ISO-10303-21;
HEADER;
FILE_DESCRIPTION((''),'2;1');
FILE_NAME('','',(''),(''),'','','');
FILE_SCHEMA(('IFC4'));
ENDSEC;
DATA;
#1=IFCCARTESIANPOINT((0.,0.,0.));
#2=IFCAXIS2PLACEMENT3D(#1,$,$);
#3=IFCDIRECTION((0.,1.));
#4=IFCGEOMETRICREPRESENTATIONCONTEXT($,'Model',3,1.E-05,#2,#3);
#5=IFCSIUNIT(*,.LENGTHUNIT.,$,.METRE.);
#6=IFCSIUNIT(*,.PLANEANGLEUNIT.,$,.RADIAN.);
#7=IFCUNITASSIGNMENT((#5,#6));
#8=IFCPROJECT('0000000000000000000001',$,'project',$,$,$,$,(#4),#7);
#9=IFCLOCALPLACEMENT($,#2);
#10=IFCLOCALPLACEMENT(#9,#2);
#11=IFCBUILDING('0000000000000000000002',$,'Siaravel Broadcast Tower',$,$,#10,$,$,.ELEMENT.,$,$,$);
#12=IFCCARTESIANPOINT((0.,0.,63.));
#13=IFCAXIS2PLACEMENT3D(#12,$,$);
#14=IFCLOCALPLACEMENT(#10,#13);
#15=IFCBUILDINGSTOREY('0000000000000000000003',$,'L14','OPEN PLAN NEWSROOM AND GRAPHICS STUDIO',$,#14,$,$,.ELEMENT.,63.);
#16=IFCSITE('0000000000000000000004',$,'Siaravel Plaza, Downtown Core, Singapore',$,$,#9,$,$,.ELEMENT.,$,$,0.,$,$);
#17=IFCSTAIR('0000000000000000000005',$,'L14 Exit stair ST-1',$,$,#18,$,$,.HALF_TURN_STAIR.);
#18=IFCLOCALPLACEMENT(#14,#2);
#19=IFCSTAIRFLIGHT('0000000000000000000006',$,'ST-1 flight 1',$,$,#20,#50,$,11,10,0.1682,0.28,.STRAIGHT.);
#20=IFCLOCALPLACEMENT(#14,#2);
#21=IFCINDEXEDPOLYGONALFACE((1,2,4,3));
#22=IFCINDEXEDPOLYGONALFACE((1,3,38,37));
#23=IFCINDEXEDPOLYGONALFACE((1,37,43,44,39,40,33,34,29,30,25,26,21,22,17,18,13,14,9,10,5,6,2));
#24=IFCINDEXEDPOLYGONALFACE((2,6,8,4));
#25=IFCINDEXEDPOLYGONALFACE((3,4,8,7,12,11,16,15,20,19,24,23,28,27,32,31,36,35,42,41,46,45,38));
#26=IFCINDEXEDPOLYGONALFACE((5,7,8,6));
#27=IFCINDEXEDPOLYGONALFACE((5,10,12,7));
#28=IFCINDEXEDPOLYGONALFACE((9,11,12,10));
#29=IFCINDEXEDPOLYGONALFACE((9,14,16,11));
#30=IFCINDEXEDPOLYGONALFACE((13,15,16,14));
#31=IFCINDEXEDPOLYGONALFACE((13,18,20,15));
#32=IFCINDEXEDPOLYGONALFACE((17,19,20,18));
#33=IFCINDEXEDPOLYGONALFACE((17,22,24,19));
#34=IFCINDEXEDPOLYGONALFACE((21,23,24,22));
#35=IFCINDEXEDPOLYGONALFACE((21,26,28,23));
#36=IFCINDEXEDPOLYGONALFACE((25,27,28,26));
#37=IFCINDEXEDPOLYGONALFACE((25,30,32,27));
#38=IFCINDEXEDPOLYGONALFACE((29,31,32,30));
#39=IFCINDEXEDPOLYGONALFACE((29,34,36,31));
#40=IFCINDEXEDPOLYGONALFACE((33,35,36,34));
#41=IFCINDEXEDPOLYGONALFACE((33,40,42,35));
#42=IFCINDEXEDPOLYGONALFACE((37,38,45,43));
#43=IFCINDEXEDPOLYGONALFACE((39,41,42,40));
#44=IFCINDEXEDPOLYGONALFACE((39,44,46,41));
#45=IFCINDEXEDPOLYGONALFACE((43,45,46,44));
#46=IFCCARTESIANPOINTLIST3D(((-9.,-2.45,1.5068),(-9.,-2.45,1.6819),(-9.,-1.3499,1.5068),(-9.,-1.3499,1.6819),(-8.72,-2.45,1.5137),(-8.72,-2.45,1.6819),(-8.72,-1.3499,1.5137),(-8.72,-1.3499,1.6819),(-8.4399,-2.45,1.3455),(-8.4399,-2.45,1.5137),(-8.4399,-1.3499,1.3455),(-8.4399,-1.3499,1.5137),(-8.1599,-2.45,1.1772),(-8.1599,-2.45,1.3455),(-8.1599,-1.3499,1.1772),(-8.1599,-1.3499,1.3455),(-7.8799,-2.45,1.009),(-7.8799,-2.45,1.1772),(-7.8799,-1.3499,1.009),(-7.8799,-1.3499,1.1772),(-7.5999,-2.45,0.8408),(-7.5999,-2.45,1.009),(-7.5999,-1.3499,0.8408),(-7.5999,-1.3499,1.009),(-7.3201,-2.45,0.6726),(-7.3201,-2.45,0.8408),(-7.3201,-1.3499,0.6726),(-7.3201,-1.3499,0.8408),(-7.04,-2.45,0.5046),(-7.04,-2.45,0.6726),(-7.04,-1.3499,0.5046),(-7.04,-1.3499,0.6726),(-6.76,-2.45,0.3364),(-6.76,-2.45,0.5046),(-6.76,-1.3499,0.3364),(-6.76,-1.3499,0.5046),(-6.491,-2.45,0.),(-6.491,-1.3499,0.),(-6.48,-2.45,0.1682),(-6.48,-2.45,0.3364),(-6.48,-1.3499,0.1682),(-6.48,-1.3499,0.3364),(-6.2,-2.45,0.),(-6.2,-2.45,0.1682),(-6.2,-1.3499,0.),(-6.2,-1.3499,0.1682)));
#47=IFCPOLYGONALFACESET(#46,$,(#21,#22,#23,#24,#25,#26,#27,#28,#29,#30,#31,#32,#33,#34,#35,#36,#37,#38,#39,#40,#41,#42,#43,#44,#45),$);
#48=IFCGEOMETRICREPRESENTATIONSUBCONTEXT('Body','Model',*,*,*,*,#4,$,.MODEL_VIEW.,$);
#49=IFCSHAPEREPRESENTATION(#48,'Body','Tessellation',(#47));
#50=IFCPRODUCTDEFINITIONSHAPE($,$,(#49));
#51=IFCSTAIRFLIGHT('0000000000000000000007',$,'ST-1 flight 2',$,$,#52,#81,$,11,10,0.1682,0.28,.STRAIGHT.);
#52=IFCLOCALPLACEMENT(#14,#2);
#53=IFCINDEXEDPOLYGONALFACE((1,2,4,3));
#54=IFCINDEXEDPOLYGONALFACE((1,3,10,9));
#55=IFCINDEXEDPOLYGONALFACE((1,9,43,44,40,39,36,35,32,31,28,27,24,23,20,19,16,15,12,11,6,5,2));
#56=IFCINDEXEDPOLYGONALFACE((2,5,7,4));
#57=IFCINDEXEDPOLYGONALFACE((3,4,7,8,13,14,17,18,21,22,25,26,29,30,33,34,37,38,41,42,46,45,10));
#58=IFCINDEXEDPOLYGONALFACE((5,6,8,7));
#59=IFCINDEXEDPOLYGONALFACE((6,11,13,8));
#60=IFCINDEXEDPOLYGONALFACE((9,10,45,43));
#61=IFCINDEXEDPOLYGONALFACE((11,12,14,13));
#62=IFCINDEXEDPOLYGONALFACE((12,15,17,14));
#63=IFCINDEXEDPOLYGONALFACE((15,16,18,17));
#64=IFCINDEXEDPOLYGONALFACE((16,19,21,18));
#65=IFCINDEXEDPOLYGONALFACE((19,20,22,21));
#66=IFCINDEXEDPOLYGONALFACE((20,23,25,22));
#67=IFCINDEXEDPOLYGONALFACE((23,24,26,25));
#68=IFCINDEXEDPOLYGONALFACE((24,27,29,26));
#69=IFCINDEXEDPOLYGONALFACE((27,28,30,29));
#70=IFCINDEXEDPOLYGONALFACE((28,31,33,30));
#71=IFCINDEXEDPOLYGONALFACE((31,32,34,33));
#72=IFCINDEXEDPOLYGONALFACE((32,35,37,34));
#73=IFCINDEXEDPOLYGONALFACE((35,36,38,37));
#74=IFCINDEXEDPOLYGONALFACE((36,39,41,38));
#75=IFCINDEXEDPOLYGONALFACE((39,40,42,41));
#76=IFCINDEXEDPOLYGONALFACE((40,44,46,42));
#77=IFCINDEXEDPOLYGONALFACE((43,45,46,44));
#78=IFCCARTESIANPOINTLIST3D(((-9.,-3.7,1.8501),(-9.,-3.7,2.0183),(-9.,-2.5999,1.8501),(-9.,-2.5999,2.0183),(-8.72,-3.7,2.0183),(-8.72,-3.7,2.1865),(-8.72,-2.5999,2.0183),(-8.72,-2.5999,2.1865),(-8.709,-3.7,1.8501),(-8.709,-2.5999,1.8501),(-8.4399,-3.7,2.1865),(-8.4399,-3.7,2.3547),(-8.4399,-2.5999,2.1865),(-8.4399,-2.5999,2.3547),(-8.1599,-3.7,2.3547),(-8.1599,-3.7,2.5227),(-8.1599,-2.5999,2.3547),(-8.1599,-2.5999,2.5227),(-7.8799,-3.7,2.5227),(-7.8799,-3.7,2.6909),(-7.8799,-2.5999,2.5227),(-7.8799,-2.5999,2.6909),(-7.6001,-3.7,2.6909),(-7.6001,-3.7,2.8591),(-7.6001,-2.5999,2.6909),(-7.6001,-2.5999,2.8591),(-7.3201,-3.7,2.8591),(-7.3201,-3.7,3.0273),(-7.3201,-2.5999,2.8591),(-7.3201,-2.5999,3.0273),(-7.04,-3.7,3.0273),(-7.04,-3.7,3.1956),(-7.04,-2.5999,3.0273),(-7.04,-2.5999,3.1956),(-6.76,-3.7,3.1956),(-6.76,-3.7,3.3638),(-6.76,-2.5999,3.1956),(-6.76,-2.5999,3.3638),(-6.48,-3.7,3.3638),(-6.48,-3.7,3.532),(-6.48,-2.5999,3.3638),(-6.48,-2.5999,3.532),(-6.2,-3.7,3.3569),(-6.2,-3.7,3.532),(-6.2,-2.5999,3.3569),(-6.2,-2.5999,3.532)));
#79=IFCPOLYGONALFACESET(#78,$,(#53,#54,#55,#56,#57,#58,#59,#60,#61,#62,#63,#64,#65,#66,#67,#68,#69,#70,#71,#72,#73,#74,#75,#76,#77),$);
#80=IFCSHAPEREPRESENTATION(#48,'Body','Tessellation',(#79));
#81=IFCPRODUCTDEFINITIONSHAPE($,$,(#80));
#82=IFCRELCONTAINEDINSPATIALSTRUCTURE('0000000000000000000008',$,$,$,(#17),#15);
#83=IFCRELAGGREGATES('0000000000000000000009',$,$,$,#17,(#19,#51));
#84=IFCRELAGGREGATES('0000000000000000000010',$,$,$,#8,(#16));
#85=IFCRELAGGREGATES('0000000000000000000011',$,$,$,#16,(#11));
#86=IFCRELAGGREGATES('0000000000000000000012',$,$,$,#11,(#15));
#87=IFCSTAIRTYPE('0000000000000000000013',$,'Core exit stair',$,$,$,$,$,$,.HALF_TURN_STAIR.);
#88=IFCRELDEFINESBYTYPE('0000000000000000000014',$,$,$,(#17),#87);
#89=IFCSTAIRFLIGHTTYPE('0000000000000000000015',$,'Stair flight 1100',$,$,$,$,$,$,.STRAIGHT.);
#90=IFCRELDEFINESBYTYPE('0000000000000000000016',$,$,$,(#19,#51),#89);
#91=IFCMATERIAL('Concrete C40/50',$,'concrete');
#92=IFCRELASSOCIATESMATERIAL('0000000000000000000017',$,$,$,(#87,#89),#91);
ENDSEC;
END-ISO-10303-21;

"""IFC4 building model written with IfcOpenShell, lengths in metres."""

from ifc_helpers import new_model, si_unit, direction, frame, origin, place, context, subcontext, project, spatial, polyline, outline, extrude, material, type_object, element, aggregate, save


model = new_model("IFC4")

# Units and contexts
model_context = context("Model", 3, precision=1e-05, world=origin(), true_north=direction((0.0, 1.0)))
body_context = subcontext(model_context, "Body", "Model", "MODEL_VIEW")
ifc_project = project(units=[si_unit("LENGTHUNIT", "METRE"), si_unit("PLANEANGLEUNIT", "RADIAN")], contexts=[model_context])

# Site, building, storey
site_placement = place(None, origin())
site = spatial("IfcSite", under=ifc_project, at=site_placement, Name="Siaravel Plaza, Downtown Core, Singapore", CompositionType="ELEMENT", RefElevation=0.0)
building_placement = place(site_placement, origin())
building = spatial("IfcBuilding", under=site, at=building_placement, Name="Siaravel Broadcast Tower", CompositionType="ELEMENT")
storey_placement = place(building_placement, frame((0.0, 0.0, 63.0)))
storey = spatial("IfcBuildingStorey", under=building, at=storey_placement, Name="L14", Description="OPEN PLAN NEWSROOM AND GRAPHICS STUDIO", CompositionType="ELEMENT", Elevation=63.0)

# Stair, stair flights
ifc_material_1 = material(Name="Concrete C40/50", Category="concrete")
stair_type = type_object("IfcStairType", Name="Core exit stair", PredefinedType="HALF_TURN_STAIR", material=ifc_material_1)
stair_placement = place(storey_placement, origin())
stair = element("IfcStair", 1, at=stair_placement, inside=storey, type_object=stair_type, Name="L14 Exit stair ST-1", PredefinedType="HALF_TURN_STAIR")
stair_flight_type = type_object("IfcStairFlightType", Name="Stair flight 1100", PredefinedType="STRAIGHT", material=ifc_material_1)
stair_flight_1_placement = place(storey_placement, frame((-6.2, -1.8999, 0.0), z_axis=(0.0, 0.0, 1.0), x_axis=(-1.0, 0.0, 0.0)))
stair_flight_1 = element("IfcStairFlight", 2, at=stair_flight_1_placement, type_object=stair_flight_type, Name="ST-1 flight 1", NumberOfRisers=11, NumberOfTreads=10, PredefinedType="STRAIGHT", RiserHeight=0.1682, TreadLength=0.28, context=body_context, shape_type="SweptSolid", body=[
    extrude(outline(polyline([(0.0, 0.0), (0.0, 0.1682), (0.28, 0.1682), (0.28, 0.3364), (0.5601, 0.3364), (0.5601, 0.5046), (0.8401, 0.5046), (0.8401, 0.6726), (1.1201, 0.6726), (1.1201, 0.8408), (1.3999, 0.8408), (1.3999, 1.009), (1.6799, 1.009), (1.6799, 1.1772), (1.96, 1.1772), (1.96, 1.3455), (2.24, 1.3455), (2.24, 1.5137), (2.52, 1.5137), (2.52, 1.6819), (2.8, 1.6819), (2.8, 1.8501), (2.8, 1.5068), (0.291, 0.0), (0.0, 0.0)])), frame((0.0, 0.55, 0.0), z_axis=(0.0, -1.0, 0.0), x_axis=(1.0, 0.0, 0.0)), (0.0, 0.0, 1.0), 1.1001),
])
stair_flight_2_placement = place(storey_placement, frame((-9.0, -3.1499, 1.8501), z_axis=(0.0, 0.0, 1.0), x_axis=(1.0, 0.0, 0.0)))
stair_flight_2 = element("IfcStairFlight", 3, at=stair_flight_2_placement, type_object=stair_flight_type, Name="ST-1 flight 2", NumberOfRisers=11, NumberOfTreads=10, PredefinedType="STRAIGHT", RiserHeight=0.1682, TreadLength=0.28, context=body_context, shape_type="SweptSolid", body=[
    extrude(outline(polyline([(0.0, 0.0), (0.0, 0.1682), (0.28, 0.1682), (0.28, 0.3364), (0.5601, 0.3364), (0.5601, 0.5046), (0.8401, 0.5046), (0.8401, 0.6726), (1.1201, 0.6726), (1.1201, 0.8408), (1.3999, 0.8408), (1.3999, 1.009), (1.6799, 1.009), (1.6799, 1.1772), (1.96, 1.1772), (1.96, 1.3455), (2.24, 1.3455), (2.24, 1.5137), (2.52, 1.5137), (2.52, 1.6819), (2.8, 1.6819), (2.8, 1.8501), (2.8, 1.5068), (0.291, 0.0), (0.0, 0.0)])), frame((0.0, 0.55, 0.0), z_axis=(0.0, -1.0, 0.0), x_axis=(1.0, 0.0, 0.0)), (0.0, 0.0, 1.0), 1.1001),
])
aggregate(stair, [stair_flight_1, stair_flight_2])

save(model, "model.ifc")
